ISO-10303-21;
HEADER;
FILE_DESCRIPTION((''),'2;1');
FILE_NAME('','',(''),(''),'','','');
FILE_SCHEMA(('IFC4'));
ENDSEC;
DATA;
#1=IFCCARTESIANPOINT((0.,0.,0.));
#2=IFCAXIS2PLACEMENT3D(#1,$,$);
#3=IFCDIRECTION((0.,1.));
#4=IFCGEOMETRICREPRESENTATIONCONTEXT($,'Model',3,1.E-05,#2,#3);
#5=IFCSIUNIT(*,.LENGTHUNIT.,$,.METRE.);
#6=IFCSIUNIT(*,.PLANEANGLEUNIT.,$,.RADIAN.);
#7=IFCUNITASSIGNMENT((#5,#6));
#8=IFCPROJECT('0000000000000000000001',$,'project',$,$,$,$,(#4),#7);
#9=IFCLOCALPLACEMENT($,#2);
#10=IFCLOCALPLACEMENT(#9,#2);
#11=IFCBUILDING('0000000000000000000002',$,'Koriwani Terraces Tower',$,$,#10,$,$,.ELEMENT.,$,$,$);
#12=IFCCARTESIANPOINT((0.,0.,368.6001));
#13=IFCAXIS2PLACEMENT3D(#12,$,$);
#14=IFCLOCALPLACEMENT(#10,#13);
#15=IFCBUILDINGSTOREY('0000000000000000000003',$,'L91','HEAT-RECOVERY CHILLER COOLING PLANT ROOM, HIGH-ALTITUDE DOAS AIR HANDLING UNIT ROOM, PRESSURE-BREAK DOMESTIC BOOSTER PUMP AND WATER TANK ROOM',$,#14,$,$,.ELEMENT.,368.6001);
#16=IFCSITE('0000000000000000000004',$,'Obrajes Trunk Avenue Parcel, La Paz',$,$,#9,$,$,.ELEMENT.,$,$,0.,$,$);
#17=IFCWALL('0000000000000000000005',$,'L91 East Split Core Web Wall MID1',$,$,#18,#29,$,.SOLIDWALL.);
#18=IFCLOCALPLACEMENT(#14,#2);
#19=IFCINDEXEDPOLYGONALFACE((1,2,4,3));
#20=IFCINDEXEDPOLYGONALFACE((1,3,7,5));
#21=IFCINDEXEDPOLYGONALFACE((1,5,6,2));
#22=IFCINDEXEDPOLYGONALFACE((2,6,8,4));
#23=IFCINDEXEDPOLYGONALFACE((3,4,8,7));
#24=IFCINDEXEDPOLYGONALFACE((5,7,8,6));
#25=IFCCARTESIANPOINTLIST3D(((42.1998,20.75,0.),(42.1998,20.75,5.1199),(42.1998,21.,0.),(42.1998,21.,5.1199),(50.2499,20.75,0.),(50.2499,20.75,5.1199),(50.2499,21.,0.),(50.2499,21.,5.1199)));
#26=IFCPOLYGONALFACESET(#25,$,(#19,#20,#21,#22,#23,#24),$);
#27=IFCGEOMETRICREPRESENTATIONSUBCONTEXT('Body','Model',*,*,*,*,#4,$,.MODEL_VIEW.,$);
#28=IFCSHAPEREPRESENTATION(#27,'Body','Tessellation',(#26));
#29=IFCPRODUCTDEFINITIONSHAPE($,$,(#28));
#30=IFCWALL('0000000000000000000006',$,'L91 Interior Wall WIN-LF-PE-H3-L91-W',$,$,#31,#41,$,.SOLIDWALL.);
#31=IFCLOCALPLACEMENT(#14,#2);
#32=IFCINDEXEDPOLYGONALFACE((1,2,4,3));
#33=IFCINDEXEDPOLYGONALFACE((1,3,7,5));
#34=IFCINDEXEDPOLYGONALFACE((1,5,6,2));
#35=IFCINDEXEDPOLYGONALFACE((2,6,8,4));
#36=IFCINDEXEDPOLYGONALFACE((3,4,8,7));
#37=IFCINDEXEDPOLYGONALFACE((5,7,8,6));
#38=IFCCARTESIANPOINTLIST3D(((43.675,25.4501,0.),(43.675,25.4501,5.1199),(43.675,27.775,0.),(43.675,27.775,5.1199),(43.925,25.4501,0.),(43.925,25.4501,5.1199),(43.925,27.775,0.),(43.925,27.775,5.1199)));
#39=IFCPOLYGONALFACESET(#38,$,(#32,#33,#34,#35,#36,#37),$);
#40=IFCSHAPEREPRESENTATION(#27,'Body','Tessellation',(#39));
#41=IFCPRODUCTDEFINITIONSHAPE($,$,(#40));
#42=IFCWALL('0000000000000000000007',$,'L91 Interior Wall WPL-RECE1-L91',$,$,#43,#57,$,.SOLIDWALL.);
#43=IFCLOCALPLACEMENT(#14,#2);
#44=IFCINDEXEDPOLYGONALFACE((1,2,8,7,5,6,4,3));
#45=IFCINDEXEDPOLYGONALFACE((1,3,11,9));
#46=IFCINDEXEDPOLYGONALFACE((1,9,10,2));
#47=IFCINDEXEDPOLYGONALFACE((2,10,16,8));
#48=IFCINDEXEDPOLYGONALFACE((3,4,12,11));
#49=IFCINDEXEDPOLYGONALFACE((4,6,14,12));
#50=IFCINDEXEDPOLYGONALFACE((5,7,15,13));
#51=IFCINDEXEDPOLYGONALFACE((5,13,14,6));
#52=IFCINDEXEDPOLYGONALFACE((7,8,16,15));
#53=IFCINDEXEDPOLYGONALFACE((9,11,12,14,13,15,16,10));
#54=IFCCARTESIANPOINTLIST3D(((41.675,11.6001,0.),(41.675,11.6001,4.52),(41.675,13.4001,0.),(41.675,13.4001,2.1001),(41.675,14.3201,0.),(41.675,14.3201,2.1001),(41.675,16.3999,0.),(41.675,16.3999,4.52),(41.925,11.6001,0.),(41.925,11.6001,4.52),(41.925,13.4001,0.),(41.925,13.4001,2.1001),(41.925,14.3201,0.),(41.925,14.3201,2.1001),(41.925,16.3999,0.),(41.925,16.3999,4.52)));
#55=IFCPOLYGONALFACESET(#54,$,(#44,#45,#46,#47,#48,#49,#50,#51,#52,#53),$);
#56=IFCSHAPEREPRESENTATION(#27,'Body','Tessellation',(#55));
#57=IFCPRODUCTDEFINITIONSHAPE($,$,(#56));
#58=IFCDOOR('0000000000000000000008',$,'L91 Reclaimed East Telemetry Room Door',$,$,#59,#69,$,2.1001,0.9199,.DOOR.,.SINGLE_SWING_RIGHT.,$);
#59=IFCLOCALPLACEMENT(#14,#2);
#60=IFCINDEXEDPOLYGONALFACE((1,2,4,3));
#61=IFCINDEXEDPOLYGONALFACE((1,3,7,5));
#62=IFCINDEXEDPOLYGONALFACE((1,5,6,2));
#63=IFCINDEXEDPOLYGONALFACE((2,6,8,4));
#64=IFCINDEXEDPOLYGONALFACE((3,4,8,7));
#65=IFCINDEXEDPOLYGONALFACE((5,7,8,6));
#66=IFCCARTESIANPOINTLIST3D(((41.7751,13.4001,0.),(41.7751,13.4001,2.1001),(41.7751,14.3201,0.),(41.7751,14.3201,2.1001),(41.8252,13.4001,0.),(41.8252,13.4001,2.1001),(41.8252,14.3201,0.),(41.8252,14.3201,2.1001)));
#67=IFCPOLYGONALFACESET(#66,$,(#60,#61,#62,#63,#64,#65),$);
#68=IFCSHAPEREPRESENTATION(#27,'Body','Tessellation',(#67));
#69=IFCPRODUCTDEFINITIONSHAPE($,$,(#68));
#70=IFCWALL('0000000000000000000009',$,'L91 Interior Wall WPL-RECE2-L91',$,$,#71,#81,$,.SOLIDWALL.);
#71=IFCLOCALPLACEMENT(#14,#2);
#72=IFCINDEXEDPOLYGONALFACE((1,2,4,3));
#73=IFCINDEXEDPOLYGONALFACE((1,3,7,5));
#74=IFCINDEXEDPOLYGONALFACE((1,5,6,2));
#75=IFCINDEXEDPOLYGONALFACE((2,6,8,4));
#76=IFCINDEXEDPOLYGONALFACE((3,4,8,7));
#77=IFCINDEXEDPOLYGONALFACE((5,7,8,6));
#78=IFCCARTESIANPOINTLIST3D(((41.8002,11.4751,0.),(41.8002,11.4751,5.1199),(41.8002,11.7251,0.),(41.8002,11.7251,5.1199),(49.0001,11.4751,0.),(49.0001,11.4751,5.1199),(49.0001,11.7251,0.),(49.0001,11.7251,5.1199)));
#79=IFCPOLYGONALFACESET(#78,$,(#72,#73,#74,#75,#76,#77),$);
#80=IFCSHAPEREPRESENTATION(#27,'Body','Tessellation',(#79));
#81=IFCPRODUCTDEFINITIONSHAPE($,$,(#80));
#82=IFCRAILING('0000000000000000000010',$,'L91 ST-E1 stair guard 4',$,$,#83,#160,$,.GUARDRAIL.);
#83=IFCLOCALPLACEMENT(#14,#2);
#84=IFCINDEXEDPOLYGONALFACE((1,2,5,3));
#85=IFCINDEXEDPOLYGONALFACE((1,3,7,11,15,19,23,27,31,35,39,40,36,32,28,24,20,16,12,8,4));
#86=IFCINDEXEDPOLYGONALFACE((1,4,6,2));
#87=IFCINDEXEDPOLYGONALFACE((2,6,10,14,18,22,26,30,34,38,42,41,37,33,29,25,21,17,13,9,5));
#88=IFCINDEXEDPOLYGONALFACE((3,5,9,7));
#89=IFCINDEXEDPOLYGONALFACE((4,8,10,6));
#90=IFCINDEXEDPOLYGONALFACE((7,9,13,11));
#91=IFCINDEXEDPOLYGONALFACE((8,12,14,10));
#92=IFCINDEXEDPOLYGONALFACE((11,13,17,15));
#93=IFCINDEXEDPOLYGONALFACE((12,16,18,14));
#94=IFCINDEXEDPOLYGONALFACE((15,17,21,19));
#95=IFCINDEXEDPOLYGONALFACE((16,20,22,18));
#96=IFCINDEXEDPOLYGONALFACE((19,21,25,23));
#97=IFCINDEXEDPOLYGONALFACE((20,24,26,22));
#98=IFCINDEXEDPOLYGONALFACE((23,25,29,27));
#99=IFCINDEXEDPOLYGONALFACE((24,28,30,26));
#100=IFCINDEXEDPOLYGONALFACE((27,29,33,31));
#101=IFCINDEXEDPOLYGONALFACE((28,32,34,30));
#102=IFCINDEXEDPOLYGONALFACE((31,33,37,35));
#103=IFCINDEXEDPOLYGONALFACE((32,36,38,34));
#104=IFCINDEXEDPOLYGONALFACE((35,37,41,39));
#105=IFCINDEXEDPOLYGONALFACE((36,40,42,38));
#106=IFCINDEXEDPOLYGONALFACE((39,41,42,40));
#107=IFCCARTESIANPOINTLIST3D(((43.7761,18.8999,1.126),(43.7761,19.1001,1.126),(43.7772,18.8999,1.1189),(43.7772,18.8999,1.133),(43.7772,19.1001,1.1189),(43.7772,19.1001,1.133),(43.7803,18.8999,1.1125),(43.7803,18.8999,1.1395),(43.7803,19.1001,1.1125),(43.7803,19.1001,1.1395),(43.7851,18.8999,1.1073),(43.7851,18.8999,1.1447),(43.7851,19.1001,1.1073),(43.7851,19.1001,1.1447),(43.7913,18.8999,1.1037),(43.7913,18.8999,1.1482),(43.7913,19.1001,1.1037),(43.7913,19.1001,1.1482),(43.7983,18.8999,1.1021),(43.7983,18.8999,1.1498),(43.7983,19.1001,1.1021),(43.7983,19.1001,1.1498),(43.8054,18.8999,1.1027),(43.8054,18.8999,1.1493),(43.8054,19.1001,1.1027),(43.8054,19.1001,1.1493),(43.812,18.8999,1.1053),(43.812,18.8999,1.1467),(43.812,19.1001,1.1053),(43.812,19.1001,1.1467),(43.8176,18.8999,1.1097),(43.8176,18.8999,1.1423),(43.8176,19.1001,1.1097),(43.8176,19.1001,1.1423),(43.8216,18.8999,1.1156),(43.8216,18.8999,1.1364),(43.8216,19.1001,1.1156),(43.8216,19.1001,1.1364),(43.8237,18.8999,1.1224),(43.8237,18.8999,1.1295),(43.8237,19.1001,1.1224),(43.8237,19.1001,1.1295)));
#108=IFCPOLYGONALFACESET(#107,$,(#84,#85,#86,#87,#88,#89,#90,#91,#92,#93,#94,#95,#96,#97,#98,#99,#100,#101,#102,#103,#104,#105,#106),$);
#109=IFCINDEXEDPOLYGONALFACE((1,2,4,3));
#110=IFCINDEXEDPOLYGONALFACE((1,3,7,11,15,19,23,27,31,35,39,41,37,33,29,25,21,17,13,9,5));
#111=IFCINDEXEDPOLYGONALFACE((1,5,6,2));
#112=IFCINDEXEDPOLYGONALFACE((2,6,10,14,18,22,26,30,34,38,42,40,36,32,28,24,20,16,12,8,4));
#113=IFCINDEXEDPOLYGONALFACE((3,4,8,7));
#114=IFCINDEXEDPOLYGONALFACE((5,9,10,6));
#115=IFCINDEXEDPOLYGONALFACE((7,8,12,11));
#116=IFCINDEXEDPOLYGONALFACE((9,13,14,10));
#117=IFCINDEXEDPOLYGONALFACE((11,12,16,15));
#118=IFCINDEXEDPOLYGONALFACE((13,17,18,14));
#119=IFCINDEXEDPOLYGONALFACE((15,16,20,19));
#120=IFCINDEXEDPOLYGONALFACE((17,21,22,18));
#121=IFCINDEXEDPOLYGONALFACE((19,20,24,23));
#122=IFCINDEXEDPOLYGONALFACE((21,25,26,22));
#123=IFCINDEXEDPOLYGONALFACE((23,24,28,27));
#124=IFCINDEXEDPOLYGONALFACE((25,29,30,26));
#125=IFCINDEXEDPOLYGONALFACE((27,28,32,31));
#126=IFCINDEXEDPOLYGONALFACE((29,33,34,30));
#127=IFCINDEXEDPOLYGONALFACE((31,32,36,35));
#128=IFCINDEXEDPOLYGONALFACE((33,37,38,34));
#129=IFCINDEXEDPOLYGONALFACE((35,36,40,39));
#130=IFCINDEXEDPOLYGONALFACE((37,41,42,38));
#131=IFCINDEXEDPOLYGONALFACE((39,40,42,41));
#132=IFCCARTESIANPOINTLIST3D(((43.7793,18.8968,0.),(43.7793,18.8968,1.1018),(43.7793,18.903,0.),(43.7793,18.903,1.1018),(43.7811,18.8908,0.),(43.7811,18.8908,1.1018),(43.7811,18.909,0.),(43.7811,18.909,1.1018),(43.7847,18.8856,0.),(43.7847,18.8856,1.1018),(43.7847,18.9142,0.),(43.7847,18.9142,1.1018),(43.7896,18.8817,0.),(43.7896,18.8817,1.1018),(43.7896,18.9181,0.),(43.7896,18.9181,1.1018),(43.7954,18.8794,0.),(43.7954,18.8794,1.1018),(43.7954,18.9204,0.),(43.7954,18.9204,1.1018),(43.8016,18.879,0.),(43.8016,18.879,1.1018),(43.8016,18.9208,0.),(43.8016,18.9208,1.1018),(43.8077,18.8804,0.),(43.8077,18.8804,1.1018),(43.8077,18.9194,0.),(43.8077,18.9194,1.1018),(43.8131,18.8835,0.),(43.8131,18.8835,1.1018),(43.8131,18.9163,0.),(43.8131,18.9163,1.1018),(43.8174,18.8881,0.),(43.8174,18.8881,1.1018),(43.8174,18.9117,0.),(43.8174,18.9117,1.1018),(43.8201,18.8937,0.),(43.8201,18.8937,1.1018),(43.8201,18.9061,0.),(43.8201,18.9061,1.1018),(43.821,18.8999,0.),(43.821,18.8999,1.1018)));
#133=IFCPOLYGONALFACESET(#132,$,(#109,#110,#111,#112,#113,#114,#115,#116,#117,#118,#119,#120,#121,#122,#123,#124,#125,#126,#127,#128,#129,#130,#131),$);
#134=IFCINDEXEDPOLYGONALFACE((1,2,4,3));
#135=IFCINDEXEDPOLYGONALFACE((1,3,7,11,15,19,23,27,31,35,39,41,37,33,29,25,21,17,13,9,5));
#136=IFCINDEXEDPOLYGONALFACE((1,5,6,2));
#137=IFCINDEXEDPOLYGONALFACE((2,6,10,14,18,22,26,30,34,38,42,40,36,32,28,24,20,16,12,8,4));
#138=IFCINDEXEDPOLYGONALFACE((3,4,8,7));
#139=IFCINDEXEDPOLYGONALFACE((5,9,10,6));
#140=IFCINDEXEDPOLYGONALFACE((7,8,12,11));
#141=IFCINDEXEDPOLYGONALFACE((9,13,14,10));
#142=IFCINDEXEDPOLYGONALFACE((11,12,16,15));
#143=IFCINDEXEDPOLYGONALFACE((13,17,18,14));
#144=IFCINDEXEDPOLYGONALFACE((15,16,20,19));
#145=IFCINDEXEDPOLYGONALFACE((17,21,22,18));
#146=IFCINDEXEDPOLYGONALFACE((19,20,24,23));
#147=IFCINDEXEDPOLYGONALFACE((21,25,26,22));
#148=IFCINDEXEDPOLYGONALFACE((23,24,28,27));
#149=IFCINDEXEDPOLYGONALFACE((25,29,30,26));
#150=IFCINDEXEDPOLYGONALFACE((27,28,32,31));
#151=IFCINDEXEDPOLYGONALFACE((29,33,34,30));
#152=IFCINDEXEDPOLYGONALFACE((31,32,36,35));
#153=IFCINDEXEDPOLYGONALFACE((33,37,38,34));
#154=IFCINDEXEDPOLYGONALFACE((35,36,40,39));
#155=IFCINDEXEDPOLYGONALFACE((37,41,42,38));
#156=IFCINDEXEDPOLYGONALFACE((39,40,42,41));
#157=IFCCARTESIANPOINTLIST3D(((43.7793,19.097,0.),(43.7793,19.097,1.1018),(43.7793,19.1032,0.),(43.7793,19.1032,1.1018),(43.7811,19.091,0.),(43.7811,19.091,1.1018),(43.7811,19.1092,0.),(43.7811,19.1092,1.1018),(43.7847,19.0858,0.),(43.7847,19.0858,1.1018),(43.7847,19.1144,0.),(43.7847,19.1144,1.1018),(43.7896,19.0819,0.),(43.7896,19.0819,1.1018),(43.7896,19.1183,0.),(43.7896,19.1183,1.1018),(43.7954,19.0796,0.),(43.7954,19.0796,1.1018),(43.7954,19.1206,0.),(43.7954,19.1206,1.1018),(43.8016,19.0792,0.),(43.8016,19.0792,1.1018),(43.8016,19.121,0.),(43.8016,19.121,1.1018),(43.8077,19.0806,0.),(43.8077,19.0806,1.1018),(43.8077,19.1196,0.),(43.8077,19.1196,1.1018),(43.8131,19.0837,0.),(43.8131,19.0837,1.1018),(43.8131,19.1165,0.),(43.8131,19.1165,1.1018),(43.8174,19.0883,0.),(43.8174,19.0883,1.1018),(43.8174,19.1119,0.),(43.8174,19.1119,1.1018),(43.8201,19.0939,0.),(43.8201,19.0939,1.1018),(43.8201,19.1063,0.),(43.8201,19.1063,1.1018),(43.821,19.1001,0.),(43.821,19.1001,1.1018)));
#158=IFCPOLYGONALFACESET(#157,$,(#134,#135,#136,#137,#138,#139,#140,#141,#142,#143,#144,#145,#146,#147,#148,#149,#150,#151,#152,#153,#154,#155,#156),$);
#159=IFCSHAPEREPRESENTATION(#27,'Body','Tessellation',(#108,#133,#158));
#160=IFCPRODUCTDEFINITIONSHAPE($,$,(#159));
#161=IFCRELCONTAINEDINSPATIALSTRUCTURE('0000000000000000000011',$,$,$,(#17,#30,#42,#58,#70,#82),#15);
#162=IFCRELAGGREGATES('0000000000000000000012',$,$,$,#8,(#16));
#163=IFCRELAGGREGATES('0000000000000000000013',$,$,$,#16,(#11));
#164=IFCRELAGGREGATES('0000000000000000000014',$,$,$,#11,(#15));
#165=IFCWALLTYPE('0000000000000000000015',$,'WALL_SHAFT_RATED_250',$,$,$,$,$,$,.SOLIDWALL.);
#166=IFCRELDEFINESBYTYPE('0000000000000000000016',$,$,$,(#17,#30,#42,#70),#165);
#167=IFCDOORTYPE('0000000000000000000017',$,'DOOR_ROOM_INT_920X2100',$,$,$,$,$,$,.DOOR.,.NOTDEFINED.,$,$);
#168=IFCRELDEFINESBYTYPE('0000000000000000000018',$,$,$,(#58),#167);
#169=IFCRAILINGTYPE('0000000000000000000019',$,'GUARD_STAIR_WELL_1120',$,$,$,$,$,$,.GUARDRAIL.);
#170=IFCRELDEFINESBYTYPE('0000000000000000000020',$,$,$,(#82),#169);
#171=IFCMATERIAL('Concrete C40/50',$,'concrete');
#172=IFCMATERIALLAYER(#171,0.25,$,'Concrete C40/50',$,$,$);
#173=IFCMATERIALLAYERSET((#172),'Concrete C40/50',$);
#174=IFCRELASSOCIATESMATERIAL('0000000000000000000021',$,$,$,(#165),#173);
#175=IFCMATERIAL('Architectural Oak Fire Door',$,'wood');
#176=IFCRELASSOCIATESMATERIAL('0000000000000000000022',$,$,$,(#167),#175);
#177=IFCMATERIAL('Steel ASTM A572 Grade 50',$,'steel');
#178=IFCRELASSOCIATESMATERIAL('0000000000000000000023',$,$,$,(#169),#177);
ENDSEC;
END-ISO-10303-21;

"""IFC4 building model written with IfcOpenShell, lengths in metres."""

from ifc_helpers import new_model, si_unit, direction, frame, frame_2d, origin, origin_2d, place, context, subcontext, project, spatial, rectangle, circle, extrude, material, layer, layer_set, type_object, element, fill, save


model = new_model("IFC4")

# Units and contexts
model_context = context("Model", 3, precision=1e-05, world=origin(), true_north=direction((0.0, 1.0)))
body_context = subcontext(model_context, "Body", "Model", "MODEL_VIEW")
ifc_project = project(units=[si_unit("LENGTHUNIT", "METRE"), si_unit("PLANEANGLEUNIT", "RADIAN")], contexts=[model_context])

# Site, building, storey
site_placement = place(None, origin())
site = spatial("IfcSite", under=ifc_project, at=site_placement, Name="Obrajes Trunk Avenue Parcel, La Paz", CompositionType="ELEMENT", RefElevation=0.0)
building_placement = place(site_placement, origin())
building = spatial("IfcBuilding", under=site, at=building_placement, Name="Koriwani Terraces Tower", CompositionType="ELEMENT")
storey_placement = place(building_placement, frame((0.0, 0.0, 368.6001)))
storey = spatial("IfcBuildingStorey", under=building, at=storey_placement, Name="L91", Description="HEAT-RECOVERY CHILLER COOLING PLANT ROOM, HIGH-ALTITUDE DOAS AIR HANDLING UNIT ROOM, PRESSURE-BREAK DOMESTIC BOOSTER PUMP AND WATER TANK ROOM", CompositionType="ELEMENT", Elevation=368.6001)

# Shared definitions
ifc_material_1 = material(Name="Concrete C40/50", Category="concrete")
ifc_material_2 = material(Name="Steel ASTM A572 Grade 50", Category="steel")

# Wall
ifc_layer_1 = layer(ifc_material_1, 0.25, Name="Concrete C40/50")
ifc_layer_set_1 = layer_set([ifc_layer_1], Name="Concrete C40/50")
wall_type_1 = type_object("IfcWallType", Name="WALL_SHAFT_RATED_250", PredefinedType="SOLIDWALL", material=ifc_layer_set_1)
wall_1_placement = place(storey_placement, frame((42.2, 20.875, 0.0), z_axis=(0.0, 0.0, 1.0), x_axis=(1.0, 0.0, 0.0)))
element("IfcWall", 1, at=wall_1_placement, inside=storey, type_object=wall_type_1, Name="L91 East Split Core Web Wall MID1", PredefinedType="SOLIDWALL", context=body_context, shape_type="SweptSolid", body=[
    extrude(rectangle(XDim=8.05, YDim=0.25, at=frame_2d((4.0249, 0.0))), origin(), (0.0, 0.0, 1.0), 5.1199),
])

# Wall
wall_2_placement = place(storey_placement, frame((43.8, 25.45, 0.0), z_axis=(0.0, 0.0, 1.0), x_axis=(0.0, 1.0, 0.0)))
element("IfcWall", 2, at=wall_2_placement, inside=storey, type_object=wall_type_1, Name="L91 Interior Wall WIN-LF-PE-H3-L91-W", PredefinedType="SOLIDWALL", context=body_context, shape_type="SweptSolid", body=[
    extrude(rectangle(XDim=2.325, YDim=0.25, at=frame_2d((1.1626, 0.0))), origin(), (0.0, 0.0, 1.0), 5.1199),
])

# Wall, opening, door
wall_3_placement = place(storey_placement, frame((41.8, 11.6001, 0.0), z_axis=(0.0, 0.0, 1.0), x_axis=(0.0, 1.0, 0.0)))
wall_3 = element("IfcWall", 3, at=wall_3_placement, inside=storey, type_object=wall_type_1, Name="L91 Interior Wall WPL-RECE1-L91", PredefinedType="SOLIDWALL", context=body_context, shape_type="SweptSolid", body=[
    extrude(rectangle(XDim=4.7998, YDim=0.25, at=frame_2d((2.3999, 0.0))), origin(), (0.0, 0.0, 1.0), 4.52),
])
opening_1_placement = place(wall_3_placement, frame((1.8, 0.0, 0.0)))
opening_1 = element("IfcOpeningElement", 4, at=opening_1_placement, cuts=wall_3, PredefinedType="OPENING", context=body_context, shape_type="SweptSolid", body=[
    extrude(rectangle(XDim=0.9199, YDim=2.1001, at=frame_2d((0.46, 1.05))), frame((0.0, 0.135, 0.0), z_axis=(0.0, -1.0, 0.0), x_axis=(1.0, 0.0, 0.0)), (0.0, 0.0, 1.0), 0.27),
])
ifc_material_3 = material(Name="Architectural Oak Fire Door", Category="wood")
door_type_1 = type_object("IfcDoorType", Name="DOOR_ROOM_INT_920X2100", OperationType="NOTDEFINED", PredefinedType="DOOR", material=ifc_material_3)
door_1_placement = place(opening_1_placement, origin())
door_1 = element("IfcDoor", 5, at=door_1_placement, inside=storey, type_object=door_type_1, Name="L91 Reclaimed East Telemetry Room Door", OperationType="SINGLE_SWING_RIGHT", OverallHeight=2.1001, OverallWidth=0.9199, PredefinedType="DOOR", context=body_context, shape_type="SweptSolid", body=[
    extrude(rectangle(XDim=0.9199, YDim=2.1001, at=frame_2d((0.46, 1.05))), frame((0.0, 0.0249, 0.0), z_axis=(0.0, -1.0, 0.0), x_axis=(1.0, 0.0, 0.0)), (0.0, 0.0, 1.0), 0.05),
])
fill(opening_1, door_1)

# Wall
wall_4_placement = place(storey_placement, frame((41.8, 11.6001, 0.0), z_axis=(0.0, 0.0, 1.0), x_axis=(1.0, 0.0, 0.0)))
element("IfcWall", 6, at=wall_4_placement, inside=storey, type_object=wall_type_1, Name="L91 Interior Wall WPL-RECE2-L91", PredefinedType="SOLIDWALL", context=body_context, shape_type="SweptSolid", body=[
    extrude(rectangle(XDim=7.2, YDim=0.25, at=frame_2d((3.6001, 0.0))), origin(), (0.0, 0.0, 1.0), 5.1199),
])

# Railing
railing_type = type_object("IfcRailingType", Name="GUARD_STAIR_WELL_1120", PredefinedType="GUARDRAIL", material=ifc_material_2)
railing_placement = place(storey_placement, frame((43.8, 18.8999, 0.0)))
element("IfcRailing", 7, at=railing_placement, inside=storey, type_object=railing_type, Name="L91 ST-E1 stair guard 4", PredefinedType="GUARDRAIL", context=body_context, shape_type="SweptSolid", body=[
    extrude(circle(Radius=0.0239, at=origin_2d()), frame((0.0, 0.0, 1.126), z_axis=(0.0, 1.0, 0.0), x_axis=(-1.0, 0.0, 0.0)), (0.0, 0.0, 1.0), 0.2002),
    extrude(circle(Radius=0.021, at=origin_2d()), origin(), (0.0, 0.0, 1.0), 1.1018),
    extrude(circle(Radius=0.021, at=origin_2d()), frame((0.0, 0.2002, 0.0)), (0.0, 0.0, 1.0), 1.1018),
])

save(model, "model.ifc")
